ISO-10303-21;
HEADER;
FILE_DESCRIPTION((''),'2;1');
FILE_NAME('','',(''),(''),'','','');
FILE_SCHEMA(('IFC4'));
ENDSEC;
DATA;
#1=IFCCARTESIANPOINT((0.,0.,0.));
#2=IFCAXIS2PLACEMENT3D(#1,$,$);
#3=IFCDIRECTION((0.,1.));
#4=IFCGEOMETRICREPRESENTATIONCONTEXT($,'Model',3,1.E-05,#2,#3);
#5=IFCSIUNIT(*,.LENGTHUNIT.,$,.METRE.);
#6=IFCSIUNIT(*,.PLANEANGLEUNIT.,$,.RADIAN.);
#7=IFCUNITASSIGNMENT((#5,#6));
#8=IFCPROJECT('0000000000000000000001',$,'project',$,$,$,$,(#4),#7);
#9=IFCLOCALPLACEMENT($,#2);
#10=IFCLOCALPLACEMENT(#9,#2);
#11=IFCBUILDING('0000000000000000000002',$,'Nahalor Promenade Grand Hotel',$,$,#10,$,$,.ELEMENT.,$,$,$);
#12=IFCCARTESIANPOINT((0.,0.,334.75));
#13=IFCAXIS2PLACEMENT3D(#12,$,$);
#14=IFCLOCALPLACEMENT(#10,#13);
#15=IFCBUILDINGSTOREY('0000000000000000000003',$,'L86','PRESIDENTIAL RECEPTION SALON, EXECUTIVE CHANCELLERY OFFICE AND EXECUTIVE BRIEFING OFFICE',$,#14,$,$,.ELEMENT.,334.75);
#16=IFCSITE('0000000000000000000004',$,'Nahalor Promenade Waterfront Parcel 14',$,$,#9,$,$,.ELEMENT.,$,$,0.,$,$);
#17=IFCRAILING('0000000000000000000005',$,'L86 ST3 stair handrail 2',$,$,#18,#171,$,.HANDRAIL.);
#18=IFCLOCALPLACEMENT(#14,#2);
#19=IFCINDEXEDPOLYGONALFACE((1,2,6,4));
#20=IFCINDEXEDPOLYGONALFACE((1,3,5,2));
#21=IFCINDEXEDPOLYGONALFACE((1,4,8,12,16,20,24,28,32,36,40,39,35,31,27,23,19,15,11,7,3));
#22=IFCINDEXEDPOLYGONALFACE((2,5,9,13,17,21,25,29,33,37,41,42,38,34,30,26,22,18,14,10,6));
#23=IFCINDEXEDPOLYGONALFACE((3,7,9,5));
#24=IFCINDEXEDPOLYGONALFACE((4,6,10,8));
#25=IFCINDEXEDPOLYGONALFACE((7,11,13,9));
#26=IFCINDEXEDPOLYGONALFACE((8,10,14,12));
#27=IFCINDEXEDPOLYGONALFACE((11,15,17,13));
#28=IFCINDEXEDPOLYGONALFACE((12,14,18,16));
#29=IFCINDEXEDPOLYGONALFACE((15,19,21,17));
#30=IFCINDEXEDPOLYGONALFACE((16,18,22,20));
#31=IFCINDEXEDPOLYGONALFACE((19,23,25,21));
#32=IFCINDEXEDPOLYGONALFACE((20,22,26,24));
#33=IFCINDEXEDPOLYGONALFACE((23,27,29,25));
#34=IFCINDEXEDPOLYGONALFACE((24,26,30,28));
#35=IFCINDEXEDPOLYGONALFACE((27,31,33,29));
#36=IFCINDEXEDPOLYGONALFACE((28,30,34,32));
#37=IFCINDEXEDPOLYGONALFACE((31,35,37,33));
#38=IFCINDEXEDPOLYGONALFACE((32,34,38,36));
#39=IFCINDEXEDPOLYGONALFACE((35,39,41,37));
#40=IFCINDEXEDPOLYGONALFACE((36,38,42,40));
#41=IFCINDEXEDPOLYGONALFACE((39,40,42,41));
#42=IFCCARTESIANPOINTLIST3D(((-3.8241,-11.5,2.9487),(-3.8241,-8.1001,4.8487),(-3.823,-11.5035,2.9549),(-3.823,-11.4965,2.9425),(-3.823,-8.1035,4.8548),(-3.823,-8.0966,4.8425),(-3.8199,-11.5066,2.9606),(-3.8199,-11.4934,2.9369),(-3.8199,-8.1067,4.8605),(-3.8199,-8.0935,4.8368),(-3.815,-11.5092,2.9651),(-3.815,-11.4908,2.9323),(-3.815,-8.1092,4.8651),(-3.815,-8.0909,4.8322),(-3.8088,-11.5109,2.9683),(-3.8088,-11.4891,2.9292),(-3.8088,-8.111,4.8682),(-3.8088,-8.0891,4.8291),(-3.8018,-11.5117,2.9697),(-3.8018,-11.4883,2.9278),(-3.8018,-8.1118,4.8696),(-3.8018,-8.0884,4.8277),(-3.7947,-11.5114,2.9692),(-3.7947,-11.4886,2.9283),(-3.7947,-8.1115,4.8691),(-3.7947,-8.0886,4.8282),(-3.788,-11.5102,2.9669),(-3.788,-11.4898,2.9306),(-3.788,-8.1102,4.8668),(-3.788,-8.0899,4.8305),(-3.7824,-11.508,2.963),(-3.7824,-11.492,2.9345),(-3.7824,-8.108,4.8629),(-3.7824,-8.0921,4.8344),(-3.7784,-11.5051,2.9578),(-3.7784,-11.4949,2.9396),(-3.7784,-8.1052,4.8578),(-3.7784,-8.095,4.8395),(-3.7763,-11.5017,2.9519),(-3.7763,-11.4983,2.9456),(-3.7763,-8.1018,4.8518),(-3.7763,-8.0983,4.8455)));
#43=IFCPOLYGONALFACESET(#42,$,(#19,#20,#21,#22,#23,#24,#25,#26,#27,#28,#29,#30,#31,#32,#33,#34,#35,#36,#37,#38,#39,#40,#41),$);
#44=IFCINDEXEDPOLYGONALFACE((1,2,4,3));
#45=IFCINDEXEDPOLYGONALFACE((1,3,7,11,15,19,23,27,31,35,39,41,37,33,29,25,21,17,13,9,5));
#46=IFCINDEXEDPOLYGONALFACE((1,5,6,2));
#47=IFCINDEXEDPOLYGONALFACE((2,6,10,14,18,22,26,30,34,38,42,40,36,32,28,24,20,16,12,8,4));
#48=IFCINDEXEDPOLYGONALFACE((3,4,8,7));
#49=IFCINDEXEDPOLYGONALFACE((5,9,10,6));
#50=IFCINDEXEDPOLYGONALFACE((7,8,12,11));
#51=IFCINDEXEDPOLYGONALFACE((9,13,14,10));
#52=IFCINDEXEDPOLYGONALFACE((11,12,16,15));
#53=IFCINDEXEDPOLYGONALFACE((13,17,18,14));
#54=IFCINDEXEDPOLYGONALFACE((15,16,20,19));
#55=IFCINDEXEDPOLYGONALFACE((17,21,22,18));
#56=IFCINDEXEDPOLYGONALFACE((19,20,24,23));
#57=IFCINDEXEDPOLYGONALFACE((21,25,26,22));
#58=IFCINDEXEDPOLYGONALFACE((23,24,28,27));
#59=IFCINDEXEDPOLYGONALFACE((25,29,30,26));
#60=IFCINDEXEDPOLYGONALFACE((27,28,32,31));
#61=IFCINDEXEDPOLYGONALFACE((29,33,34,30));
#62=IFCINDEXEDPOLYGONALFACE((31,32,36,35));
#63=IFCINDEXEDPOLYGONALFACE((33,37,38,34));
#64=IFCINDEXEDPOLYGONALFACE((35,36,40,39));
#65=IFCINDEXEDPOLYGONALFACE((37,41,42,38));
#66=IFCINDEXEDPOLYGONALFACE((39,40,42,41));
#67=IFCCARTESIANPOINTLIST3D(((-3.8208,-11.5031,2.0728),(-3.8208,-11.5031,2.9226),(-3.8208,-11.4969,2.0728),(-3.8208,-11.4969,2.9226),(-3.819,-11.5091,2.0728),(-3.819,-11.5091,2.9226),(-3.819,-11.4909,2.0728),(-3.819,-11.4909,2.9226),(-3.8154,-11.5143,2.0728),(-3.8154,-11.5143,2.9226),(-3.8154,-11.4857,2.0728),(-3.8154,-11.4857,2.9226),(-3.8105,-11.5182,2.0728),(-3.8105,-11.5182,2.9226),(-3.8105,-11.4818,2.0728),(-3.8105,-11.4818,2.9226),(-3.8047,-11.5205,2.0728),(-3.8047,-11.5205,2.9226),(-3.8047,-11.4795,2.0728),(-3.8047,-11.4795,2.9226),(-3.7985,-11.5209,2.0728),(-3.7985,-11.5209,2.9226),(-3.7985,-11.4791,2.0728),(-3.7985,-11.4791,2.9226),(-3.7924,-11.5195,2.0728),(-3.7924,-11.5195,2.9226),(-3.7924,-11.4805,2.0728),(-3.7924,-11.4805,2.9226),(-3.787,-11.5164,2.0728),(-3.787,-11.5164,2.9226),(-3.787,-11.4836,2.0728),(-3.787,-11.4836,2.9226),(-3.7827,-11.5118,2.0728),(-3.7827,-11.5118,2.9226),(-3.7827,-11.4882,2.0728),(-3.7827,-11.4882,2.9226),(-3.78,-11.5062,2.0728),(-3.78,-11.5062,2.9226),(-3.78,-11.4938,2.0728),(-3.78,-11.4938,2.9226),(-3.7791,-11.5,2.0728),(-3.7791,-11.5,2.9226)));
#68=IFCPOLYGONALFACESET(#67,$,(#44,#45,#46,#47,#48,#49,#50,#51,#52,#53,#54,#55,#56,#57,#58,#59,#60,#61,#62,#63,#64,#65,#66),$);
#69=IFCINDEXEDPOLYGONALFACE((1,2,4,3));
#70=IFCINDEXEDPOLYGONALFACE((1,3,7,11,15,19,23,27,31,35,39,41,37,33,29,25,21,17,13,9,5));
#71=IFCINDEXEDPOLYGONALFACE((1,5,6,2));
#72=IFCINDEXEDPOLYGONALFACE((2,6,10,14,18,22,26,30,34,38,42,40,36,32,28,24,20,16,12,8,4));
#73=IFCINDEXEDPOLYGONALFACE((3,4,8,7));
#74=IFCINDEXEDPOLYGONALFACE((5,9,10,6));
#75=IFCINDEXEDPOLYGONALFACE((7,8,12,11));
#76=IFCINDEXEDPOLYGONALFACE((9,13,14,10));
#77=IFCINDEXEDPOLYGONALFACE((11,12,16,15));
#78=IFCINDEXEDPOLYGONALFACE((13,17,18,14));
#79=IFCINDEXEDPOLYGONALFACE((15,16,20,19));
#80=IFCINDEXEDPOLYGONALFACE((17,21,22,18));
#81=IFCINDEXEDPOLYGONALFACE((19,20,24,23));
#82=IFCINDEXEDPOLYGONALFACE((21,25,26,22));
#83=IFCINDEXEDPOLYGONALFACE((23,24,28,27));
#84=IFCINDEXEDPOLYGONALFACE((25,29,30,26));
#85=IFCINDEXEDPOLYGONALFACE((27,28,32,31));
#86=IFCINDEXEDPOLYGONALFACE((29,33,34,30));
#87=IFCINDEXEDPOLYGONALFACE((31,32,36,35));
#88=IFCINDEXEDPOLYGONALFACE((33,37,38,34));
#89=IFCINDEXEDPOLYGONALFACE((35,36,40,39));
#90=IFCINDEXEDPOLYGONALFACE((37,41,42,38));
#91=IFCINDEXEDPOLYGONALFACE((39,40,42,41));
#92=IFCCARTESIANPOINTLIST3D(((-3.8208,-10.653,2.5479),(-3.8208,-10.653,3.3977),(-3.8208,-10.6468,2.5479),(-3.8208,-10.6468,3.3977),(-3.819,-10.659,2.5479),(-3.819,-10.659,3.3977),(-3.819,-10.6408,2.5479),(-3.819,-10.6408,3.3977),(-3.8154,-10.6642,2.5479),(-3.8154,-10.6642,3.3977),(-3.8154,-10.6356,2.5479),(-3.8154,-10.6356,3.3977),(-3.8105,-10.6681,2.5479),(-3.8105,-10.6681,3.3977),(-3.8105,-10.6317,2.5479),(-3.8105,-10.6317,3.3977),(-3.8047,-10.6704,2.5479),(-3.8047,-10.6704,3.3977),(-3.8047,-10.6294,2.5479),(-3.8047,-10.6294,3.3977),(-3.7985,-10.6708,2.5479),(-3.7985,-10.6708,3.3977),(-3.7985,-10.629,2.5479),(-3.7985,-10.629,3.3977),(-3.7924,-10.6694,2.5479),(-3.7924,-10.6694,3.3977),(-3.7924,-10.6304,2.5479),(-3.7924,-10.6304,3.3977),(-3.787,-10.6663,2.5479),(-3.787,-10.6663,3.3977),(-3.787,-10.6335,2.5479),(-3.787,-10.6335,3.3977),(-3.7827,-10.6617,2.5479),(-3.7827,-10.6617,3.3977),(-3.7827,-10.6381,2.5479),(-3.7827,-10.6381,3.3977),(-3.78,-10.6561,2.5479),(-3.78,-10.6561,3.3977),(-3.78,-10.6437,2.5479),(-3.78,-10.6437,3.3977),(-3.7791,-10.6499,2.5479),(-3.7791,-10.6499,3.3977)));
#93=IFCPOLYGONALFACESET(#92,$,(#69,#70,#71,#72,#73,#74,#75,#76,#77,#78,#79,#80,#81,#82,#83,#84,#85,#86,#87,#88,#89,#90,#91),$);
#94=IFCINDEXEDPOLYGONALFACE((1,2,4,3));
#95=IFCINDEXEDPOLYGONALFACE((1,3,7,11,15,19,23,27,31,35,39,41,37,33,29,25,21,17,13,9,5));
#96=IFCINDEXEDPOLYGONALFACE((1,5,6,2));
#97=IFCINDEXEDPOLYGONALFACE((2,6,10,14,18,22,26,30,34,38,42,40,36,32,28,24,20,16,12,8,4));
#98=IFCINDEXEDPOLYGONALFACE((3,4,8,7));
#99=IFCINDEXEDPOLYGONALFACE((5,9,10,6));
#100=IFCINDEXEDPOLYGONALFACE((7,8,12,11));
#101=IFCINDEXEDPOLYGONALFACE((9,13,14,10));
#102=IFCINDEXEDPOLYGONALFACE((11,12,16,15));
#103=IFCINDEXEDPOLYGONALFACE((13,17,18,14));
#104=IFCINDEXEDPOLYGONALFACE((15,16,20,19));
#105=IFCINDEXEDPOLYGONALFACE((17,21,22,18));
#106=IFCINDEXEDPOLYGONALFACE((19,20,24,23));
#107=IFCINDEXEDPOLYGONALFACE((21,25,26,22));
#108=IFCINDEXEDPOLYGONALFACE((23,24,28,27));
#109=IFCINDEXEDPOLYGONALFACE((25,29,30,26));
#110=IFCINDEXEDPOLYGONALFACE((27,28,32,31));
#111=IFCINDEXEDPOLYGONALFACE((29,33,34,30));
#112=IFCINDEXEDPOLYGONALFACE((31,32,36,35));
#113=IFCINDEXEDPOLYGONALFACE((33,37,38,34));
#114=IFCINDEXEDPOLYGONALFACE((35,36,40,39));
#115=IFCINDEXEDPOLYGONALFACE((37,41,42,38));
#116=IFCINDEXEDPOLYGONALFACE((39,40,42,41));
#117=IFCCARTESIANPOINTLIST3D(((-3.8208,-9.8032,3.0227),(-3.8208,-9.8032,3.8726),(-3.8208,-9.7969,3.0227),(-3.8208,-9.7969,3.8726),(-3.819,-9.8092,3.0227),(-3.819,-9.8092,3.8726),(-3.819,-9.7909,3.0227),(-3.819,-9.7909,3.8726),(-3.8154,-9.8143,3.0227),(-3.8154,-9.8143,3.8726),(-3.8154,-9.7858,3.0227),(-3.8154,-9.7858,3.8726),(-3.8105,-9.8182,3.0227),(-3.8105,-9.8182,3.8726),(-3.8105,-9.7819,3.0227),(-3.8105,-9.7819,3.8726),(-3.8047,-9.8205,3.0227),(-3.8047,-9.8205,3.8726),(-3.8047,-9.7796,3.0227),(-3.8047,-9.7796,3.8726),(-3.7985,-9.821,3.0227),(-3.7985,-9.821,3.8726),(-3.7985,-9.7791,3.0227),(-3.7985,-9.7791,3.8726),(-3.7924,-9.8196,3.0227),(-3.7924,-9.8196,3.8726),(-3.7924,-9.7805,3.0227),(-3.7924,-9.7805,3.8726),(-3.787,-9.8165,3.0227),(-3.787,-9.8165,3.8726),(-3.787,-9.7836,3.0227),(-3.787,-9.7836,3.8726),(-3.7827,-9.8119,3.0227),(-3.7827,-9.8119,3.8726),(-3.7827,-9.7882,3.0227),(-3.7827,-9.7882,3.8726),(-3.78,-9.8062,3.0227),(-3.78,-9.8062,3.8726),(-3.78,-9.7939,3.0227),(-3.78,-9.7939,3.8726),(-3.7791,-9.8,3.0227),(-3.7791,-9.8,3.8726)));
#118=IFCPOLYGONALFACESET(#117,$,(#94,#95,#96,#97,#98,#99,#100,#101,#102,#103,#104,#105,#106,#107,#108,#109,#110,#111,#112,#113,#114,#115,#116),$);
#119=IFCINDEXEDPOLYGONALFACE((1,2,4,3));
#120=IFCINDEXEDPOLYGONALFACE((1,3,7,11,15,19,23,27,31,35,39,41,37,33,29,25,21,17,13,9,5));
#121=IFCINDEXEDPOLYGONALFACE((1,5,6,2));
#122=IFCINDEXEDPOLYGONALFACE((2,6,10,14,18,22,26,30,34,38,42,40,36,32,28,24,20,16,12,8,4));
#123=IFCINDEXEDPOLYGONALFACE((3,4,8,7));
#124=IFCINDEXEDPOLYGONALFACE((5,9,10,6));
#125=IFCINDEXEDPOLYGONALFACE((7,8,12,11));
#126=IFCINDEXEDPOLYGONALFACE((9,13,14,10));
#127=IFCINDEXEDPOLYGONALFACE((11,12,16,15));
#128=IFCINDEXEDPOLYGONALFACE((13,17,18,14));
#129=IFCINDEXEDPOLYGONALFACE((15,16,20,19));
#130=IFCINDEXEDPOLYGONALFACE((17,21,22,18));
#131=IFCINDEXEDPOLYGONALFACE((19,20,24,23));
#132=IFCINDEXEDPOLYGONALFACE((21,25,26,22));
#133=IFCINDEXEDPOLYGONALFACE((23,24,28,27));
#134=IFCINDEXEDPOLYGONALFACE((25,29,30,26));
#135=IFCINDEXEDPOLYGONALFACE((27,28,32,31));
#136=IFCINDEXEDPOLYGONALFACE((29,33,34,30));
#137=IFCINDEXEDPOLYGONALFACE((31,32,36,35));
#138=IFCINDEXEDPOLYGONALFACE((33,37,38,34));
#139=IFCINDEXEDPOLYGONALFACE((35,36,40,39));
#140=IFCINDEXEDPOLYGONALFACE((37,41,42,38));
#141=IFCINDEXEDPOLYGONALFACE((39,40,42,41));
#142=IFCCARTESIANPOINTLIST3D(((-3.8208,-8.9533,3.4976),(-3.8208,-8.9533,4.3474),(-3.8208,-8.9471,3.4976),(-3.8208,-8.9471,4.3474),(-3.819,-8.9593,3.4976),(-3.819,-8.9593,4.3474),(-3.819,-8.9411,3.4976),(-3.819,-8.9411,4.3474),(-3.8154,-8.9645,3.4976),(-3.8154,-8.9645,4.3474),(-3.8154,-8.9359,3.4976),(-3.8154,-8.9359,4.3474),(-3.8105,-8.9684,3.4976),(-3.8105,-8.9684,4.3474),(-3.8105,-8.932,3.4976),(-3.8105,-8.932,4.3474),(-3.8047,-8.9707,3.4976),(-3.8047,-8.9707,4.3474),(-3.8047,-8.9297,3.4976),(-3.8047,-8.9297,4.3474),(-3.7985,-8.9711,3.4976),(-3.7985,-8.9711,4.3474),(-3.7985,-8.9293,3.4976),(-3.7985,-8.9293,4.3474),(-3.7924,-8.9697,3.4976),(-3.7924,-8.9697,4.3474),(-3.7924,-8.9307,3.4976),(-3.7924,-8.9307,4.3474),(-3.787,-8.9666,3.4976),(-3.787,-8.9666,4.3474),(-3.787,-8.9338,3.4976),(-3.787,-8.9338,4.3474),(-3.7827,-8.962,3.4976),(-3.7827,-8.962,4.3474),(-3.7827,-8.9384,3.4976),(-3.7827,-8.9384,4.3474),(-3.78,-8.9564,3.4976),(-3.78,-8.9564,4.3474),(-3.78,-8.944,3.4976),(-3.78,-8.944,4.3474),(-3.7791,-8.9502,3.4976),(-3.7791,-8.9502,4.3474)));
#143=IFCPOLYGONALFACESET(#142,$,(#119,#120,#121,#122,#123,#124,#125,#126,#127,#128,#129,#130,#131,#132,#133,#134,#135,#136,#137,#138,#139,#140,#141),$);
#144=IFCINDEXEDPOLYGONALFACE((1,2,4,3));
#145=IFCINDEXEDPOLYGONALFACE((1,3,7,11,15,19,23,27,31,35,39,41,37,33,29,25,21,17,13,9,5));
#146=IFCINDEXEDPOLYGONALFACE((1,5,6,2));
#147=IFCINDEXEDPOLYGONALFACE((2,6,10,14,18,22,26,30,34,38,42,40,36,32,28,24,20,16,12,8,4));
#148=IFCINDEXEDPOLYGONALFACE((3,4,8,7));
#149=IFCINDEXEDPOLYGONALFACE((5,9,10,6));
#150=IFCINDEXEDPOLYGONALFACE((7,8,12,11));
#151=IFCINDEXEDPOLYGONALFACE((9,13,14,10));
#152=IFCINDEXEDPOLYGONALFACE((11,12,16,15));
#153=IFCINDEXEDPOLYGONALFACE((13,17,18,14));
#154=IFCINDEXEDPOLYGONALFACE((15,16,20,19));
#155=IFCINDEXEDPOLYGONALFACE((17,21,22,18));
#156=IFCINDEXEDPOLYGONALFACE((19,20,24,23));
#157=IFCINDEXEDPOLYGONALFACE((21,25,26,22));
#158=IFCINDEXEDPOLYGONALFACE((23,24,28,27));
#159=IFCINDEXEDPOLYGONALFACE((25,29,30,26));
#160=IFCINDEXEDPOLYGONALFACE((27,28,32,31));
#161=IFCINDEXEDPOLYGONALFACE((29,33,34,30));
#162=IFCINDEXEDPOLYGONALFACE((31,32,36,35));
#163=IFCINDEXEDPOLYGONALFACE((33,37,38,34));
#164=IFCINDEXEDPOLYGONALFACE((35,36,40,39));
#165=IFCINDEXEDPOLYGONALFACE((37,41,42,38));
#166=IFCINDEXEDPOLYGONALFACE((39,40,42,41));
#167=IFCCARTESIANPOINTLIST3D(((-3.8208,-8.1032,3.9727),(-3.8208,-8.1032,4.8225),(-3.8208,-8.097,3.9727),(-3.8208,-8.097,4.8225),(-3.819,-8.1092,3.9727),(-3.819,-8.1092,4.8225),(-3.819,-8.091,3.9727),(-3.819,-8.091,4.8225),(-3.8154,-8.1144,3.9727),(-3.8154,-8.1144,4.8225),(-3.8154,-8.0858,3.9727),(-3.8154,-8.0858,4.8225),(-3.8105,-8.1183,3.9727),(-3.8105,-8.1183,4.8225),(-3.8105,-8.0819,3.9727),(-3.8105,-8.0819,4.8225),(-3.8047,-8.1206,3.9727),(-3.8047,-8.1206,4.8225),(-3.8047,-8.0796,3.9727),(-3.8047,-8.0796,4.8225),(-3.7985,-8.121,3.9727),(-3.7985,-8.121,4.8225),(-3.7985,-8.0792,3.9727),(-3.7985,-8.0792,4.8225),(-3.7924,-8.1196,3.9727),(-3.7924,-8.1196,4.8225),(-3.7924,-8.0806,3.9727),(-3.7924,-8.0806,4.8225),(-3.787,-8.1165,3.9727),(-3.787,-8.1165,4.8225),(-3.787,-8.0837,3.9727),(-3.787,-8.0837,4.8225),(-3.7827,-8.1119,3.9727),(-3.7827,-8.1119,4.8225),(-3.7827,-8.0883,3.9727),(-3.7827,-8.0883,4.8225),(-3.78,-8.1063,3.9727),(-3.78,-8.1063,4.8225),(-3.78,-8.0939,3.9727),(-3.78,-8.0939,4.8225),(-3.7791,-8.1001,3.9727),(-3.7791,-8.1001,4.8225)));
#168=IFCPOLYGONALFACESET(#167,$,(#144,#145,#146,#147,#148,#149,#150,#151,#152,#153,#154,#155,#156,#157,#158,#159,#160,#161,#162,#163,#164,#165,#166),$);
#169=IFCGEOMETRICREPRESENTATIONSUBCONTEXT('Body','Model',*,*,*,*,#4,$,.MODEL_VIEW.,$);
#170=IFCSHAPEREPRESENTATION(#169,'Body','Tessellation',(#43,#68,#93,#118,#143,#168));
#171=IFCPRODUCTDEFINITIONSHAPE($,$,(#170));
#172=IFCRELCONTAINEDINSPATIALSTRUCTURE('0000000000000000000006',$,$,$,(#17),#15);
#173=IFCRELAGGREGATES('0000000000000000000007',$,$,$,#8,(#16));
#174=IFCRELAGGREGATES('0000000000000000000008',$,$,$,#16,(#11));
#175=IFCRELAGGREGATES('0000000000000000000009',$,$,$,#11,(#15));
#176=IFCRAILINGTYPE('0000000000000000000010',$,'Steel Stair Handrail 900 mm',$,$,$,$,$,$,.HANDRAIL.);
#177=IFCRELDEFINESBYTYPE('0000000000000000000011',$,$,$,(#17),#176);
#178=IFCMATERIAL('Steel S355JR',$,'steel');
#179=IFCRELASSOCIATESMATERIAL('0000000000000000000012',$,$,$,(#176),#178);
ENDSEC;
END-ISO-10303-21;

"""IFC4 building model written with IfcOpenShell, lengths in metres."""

from ifc_helpers import new_model, si_unit, direction, frame, origin, origin_2d, place, context, subcontext, project, spatial, circle, extrude, material, type_object, element, save


model = new_model("IFC4")

# Units and contexts
model_context = context("Model", 3, precision=1e-05, world=origin(), true_north=direction((0.0, 1.0)))
body_context = subcontext(model_context, "Body", "Model", "MODEL_VIEW")
ifc_project = project(units=[si_unit("LENGTHUNIT", "METRE"), si_unit("PLANEANGLEUNIT", "RADIAN")], contexts=[model_context])

# Site, building, storey
site_placement = place(None, origin())
site = spatial("IfcSite", under=ifc_project, at=site_placement, Name="Nahalor Promenade Waterfront Parcel 14", CompositionType="ELEMENT", RefElevation=0.0)
building_placement = place(site_placement, origin())
building = spatial("IfcBuilding", under=site, at=building_placement, Name="Nahalor Promenade Grand Hotel", CompositionType="ELEMENT")
storey_placement = place(building_placement, frame((0.0, 0.0, 334.75)))
storey = spatial("IfcBuildingStorey", under=building, at=storey_placement, Name="L86", Description="PRESIDENTIAL RECEPTION SALON, EXECUTIVE CHANCELLERY OFFICE AND EXECUTIVE BRIEFING OFFICE", CompositionType="ELEMENT", Elevation=334.75)

# Shared definitions
ifc_material_1 = material(Name="Steel S355JR", Category="steel")

# Railing
railing_type_1 = type_object("IfcRailingType", Name="Steel Stair Handrail 900 mm", PredefinedType="HANDRAIL", material=ifc_material_1)
railing_1_placement = place(storey_placement, frame((-3.8, -11.5, 2.0728)))
element("IfcRailing", 1, at=railing_1_placement, inside=storey, type_object=railing_type_1, Name="L86 ST3 stair handrail 2", PredefinedType="HANDRAIL", context=body_context, shape_type="SweptSolid", body=[
    extrude(circle(Radius=0.024, at=origin_2d()), frame((0.0, 0.0, 0.876), z_axis=(0.0, 0.872948, 0.487813), x_axis=(-1.0, 0.0, 0.0)), (0.0, 0.0, 1.0), 3.8948),
    extrude(circle(Radius=0.021, at=origin_2d()), origin(), (0.0, 0.0, 1.0), 0.8499),
    extrude(circle(Radius=0.021, at=origin_2d()), frame((0.0, 0.8501, 0.4751)), (0.0, 0.0, 1.0), 0.8499),
    extrude(circle(Radius=0.021, at=origin_2d()), frame((0.0, 1.7, 0.95)), (0.0, 0.0, 1.0), 0.8499),
    extrude(circle(Radius=0.021, at=origin_2d()), frame((0.0, 2.5498, 1.4248)), (0.0, 0.0, 1.0), 0.8499),
    extrude(circle(Radius=0.021, at=origin_2d()), frame((0.0, 3.3999, 1.8999)), (0.0, 0.0, 1.0), 0.8499),
])

save(model, "model.ifc")
